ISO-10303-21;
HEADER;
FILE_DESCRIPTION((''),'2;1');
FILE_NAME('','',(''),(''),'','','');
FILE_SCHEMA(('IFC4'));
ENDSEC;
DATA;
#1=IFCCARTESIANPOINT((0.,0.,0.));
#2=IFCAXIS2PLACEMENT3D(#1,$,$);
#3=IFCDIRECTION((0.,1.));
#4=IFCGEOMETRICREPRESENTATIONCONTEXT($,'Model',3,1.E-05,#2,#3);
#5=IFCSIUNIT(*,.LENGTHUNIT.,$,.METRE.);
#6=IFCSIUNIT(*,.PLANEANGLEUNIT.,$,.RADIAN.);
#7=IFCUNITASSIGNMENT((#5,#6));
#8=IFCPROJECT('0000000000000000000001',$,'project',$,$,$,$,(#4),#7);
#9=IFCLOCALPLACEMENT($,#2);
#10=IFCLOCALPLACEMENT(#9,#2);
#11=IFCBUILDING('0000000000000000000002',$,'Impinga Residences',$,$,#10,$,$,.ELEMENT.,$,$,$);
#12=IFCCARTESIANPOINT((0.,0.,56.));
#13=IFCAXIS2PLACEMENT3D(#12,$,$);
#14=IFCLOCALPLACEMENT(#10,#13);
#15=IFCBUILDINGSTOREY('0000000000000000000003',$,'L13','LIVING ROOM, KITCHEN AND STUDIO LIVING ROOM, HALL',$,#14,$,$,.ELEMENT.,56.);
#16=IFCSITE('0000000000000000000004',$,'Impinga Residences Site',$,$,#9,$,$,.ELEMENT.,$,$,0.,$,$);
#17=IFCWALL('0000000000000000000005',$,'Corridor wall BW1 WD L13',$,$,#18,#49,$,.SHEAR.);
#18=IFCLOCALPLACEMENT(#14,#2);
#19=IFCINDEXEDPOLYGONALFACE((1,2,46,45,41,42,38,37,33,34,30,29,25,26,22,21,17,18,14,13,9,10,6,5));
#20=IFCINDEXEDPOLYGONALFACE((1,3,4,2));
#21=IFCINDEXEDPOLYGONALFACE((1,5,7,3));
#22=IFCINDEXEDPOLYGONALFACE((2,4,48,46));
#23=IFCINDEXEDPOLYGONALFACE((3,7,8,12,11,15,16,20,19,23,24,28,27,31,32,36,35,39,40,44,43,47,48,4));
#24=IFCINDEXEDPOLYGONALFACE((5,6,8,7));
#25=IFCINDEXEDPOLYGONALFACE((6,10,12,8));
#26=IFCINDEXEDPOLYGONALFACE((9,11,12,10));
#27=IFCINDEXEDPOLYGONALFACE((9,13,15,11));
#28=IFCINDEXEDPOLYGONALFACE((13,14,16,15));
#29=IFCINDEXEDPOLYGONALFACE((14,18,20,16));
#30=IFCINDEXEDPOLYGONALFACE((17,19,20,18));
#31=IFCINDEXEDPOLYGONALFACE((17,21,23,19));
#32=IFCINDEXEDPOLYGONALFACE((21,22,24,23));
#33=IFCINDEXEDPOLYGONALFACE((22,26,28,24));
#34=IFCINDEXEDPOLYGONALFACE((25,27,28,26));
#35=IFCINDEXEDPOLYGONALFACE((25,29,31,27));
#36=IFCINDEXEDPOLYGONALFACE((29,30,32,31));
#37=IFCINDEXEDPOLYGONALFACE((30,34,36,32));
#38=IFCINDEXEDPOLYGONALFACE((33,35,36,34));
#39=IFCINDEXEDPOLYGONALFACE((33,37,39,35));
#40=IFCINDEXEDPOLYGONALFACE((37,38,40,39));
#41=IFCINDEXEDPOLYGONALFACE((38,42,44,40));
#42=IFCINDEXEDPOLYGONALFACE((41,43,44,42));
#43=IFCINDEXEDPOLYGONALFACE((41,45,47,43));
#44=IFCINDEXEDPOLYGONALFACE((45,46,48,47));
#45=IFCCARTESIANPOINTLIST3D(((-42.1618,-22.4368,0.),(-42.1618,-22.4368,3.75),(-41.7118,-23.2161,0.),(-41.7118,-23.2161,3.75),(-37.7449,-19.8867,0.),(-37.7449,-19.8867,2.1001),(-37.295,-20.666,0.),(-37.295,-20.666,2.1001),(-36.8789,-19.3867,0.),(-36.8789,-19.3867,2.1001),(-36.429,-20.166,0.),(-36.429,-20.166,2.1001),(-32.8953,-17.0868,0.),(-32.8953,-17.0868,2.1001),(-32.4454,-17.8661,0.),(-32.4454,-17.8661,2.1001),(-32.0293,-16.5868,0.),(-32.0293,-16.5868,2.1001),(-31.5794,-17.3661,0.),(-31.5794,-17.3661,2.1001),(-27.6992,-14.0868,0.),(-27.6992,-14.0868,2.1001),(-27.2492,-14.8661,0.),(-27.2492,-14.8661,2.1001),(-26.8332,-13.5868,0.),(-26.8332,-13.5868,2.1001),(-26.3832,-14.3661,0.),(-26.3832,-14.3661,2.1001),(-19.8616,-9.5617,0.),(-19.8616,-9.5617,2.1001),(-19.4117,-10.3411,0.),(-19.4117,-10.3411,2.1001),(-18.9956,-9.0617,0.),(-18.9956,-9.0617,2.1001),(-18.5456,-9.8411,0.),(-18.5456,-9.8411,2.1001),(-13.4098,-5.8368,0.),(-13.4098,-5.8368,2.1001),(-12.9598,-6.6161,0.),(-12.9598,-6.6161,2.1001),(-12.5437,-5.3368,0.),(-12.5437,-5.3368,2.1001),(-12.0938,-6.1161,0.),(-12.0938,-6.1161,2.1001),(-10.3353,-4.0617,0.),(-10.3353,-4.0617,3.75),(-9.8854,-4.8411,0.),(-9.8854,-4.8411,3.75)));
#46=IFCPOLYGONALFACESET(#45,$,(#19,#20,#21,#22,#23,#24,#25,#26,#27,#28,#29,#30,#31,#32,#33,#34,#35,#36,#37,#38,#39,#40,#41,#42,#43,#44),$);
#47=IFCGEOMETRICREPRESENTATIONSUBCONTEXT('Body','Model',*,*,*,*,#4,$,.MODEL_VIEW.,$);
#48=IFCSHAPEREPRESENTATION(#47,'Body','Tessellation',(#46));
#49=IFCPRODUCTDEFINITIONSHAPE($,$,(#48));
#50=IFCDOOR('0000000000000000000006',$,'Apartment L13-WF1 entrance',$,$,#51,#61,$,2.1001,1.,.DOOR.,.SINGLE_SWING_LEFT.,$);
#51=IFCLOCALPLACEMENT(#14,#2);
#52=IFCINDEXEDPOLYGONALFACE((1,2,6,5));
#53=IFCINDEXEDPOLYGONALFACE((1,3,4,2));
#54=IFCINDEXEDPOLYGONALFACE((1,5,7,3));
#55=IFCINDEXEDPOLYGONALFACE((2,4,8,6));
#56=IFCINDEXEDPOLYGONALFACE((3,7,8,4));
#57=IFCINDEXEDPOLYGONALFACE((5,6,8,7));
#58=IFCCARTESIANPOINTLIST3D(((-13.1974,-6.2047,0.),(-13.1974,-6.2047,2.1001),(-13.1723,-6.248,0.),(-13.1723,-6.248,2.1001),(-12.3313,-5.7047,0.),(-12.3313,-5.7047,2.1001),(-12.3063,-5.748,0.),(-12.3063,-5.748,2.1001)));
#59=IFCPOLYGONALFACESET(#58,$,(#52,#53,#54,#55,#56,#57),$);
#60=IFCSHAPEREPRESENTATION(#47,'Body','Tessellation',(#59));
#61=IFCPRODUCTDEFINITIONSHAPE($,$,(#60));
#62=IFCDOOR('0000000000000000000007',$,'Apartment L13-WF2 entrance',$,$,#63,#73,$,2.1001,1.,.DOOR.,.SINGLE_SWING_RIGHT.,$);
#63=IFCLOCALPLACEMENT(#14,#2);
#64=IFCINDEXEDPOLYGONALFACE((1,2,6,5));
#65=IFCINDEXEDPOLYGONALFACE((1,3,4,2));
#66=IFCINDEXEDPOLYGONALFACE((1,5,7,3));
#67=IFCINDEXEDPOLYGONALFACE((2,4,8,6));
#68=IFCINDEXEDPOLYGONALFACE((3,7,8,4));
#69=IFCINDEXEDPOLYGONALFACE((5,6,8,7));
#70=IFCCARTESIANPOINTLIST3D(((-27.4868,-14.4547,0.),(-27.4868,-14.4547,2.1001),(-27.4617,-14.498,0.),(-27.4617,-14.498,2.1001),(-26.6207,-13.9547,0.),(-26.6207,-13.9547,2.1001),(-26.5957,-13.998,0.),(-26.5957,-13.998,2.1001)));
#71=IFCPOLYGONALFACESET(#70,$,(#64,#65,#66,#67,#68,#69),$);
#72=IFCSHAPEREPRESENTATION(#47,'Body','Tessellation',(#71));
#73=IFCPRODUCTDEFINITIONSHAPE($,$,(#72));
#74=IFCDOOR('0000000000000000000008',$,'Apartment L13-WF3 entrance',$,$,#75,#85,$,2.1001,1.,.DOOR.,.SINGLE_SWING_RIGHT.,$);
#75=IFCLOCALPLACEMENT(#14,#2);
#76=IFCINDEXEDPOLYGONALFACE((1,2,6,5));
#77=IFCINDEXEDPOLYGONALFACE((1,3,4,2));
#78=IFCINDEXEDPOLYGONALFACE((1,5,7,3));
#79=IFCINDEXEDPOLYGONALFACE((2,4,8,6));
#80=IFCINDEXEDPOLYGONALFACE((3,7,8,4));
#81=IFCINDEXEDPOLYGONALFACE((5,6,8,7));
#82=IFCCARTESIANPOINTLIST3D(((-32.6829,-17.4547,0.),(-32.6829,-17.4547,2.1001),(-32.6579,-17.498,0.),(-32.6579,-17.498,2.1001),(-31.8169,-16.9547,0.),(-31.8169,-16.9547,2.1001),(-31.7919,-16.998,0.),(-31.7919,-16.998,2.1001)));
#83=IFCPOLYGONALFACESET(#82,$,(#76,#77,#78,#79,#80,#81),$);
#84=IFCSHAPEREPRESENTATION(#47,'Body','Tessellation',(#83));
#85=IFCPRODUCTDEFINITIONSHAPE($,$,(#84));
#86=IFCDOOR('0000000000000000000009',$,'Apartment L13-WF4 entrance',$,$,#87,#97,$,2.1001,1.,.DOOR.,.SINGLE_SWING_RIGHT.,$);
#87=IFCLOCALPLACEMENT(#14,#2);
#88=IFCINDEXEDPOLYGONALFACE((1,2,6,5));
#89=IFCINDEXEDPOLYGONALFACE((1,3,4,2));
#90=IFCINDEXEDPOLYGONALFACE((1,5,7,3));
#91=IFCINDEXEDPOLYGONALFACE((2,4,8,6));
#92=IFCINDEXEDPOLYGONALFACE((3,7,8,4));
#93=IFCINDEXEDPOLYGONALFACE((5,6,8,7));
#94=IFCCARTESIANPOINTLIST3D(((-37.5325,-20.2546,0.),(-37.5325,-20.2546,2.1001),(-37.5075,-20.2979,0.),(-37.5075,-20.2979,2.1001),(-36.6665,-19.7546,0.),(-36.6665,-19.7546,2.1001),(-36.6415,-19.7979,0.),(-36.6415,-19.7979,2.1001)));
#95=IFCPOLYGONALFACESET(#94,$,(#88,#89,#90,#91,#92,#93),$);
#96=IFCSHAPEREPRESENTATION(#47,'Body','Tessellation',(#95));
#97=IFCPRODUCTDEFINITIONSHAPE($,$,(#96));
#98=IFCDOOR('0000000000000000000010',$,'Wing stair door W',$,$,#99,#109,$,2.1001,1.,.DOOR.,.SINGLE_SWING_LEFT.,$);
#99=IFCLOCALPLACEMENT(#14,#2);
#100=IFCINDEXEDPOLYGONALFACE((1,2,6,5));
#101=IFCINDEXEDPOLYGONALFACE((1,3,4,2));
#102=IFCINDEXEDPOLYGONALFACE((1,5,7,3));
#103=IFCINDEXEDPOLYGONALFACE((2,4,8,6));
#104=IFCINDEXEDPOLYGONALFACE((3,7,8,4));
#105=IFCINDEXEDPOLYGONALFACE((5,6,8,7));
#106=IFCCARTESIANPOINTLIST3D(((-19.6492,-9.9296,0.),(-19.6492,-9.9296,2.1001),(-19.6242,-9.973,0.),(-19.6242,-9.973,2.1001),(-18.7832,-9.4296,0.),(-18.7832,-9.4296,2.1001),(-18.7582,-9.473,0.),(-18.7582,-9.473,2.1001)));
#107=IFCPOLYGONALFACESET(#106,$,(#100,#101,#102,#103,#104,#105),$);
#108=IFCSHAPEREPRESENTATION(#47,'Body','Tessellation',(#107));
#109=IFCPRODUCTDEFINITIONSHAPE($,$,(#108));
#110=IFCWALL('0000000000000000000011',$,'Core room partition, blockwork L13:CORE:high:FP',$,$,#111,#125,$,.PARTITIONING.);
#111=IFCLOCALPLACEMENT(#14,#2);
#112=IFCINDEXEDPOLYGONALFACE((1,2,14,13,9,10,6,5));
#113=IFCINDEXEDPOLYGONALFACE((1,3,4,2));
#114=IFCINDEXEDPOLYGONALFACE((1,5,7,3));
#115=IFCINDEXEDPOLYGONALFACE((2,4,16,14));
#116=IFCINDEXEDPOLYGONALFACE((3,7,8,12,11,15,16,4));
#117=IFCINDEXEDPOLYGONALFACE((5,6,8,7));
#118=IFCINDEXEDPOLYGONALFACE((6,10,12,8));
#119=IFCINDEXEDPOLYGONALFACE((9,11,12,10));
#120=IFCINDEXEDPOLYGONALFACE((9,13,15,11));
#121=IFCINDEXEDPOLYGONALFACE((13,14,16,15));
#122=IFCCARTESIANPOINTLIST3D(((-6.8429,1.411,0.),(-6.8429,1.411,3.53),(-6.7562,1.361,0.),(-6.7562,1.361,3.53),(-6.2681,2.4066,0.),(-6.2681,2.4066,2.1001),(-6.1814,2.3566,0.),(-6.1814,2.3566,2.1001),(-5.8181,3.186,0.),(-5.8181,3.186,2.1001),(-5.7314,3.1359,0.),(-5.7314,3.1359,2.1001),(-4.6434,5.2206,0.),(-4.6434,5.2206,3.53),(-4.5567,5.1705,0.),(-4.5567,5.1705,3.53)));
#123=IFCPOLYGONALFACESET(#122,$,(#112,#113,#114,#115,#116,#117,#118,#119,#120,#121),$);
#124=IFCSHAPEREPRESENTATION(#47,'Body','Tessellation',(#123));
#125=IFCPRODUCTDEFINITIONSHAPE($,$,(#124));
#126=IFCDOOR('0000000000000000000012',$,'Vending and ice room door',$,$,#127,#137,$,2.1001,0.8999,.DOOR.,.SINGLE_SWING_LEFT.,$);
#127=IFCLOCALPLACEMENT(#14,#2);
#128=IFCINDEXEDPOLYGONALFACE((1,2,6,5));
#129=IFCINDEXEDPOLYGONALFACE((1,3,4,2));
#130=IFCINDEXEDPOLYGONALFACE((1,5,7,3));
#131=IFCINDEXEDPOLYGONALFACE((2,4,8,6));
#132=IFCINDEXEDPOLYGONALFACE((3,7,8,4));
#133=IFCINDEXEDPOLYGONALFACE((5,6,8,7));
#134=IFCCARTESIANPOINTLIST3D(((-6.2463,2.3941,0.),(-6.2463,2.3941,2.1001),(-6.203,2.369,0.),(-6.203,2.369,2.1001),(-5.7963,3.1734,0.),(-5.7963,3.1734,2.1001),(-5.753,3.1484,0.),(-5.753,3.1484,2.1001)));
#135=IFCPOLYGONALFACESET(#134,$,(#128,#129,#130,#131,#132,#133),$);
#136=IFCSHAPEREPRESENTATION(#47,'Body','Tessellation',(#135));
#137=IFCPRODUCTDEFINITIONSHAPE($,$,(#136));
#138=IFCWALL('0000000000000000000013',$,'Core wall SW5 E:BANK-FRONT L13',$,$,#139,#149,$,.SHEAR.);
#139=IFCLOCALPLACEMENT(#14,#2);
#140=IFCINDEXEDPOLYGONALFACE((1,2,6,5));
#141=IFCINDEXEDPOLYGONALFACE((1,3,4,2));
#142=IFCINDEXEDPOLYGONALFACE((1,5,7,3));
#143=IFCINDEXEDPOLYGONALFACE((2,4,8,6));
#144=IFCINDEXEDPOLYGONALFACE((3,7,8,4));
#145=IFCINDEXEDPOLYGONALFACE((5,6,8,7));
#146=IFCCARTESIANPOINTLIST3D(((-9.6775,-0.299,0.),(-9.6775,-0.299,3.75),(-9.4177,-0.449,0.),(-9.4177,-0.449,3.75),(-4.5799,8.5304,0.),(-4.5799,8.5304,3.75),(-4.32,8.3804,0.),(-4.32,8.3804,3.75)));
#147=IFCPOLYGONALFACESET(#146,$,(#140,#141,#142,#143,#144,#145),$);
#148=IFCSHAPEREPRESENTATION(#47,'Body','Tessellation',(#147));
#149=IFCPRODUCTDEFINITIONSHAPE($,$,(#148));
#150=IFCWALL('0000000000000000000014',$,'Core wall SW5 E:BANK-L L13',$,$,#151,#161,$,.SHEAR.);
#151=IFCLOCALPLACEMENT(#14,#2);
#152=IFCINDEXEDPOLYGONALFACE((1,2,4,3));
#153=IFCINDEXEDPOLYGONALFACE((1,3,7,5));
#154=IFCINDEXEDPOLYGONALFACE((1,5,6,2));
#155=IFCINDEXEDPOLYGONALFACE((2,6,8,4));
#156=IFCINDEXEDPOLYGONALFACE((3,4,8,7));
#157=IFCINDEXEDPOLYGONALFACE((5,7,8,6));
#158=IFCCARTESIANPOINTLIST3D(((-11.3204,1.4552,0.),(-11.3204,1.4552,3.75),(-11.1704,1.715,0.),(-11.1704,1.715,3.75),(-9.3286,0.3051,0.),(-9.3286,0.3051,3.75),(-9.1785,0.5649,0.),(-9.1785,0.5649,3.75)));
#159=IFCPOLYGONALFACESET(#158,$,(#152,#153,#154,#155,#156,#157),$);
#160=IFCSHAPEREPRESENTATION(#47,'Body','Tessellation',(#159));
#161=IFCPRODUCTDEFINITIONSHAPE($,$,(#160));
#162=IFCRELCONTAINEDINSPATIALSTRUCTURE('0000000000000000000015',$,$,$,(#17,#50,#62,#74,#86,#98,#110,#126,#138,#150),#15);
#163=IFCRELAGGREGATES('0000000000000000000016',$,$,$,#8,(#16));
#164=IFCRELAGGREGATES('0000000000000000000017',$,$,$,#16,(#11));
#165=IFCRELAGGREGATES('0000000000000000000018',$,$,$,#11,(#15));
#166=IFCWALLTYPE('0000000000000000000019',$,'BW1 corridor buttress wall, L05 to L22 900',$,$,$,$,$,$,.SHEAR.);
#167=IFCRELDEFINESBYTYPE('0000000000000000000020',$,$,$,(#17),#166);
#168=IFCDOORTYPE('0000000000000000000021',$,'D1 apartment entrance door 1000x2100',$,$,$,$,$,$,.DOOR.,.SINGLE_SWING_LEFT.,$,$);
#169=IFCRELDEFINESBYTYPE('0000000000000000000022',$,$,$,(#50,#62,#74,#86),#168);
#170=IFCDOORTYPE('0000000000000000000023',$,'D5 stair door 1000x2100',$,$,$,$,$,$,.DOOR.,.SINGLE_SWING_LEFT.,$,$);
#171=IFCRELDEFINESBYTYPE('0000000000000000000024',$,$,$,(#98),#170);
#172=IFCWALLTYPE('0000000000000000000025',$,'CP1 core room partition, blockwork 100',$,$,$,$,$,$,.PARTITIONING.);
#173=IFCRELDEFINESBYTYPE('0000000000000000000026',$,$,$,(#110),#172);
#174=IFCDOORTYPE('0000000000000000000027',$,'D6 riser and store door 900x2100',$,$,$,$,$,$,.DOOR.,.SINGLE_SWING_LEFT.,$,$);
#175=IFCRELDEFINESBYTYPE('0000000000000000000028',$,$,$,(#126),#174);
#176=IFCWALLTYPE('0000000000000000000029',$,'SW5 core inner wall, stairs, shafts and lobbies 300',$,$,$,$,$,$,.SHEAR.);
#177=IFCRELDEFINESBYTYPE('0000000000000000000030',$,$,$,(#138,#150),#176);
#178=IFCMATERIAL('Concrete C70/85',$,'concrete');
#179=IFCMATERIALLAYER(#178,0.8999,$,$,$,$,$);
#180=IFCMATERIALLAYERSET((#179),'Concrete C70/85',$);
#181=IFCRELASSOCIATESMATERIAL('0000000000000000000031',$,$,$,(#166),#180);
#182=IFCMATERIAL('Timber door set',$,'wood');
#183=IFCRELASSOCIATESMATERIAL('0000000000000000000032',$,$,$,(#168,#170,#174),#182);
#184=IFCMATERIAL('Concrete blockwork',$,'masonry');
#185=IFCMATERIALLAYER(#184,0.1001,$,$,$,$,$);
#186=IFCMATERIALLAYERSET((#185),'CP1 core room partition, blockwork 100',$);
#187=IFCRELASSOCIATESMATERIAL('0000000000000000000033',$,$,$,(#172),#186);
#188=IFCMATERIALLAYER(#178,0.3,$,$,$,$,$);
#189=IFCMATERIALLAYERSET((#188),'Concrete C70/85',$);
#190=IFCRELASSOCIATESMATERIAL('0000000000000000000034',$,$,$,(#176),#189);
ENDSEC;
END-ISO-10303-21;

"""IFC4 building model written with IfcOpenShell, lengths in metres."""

from ifc_helpers import new_model, si_unit, direction, frame, frame_2d, origin, place, context, subcontext, project, spatial, rectangle, extrude, material, layer, layer_set, type_object, element, fill, save


model = new_model("IFC4")

# Units and contexts
model_context = context("Model", 3, precision=1e-05, world=origin(), true_north=direction((0.0, 1.0)))
body_context = subcontext(model_context, "Body", "Model", "MODEL_VIEW")
ifc_project = project(units=[si_unit("LENGTHUNIT", "METRE"), si_unit("PLANEANGLEUNIT", "RADIAN")], contexts=[model_context])

# Site, building, storey
site_placement = place(None, origin())
site = spatial("IfcSite", under=ifc_project, at=site_placement, Name="Impinga Residences Site", CompositionType="ELEMENT", RefElevation=0.0)
building_placement = place(site_placement, origin())
building = spatial("IfcBuilding", under=site, at=building_placement, Name="Impinga Residences", CompositionType="ELEMENT")
storey_placement = place(building_placement, frame((0.0, 0.0, 56.0)))
storey = spatial("IfcBuildingStorey", under=building, at=storey_placement, Name="L13", Description="LIVING ROOM, KITCHEN AND STUDIO LIVING ROOM, HALL", CompositionType="ELEMENT", Elevation=56.0)

# Wall, openings, doors
ifc_material_1 = material(Name="Concrete C70/85", Category="concrete")
ifc_layer_1 = layer(ifc_material_1, 0.8999)
ifc_layer_set_1 = layer_set([ifc_layer_1], Name="Concrete C70/85")
wall_type_1 = type_object("IfcWallType", Name="BW1 corridor buttress wall, L05 to L22 900", PredefinedType="SHEAR", material=ifc_layer_set_1)
wall_1_placement = place(storey_placement, frame((-10.1104, -4.4514, 0.0), z_axis=(0.0, 0.0, 1.0), x_axis=(-0.866025, -0.5, 0.0)))
wall_1 = element("IfcWall", 1, at=wall_1_placement, inside=storey, type_object=wall_type_1, Name="Corridor wall BW1 WD L13", PredefinedType="SHEAR", context=body_context, shape_type="SweptSolid", body=[
    extrude(rectangle(XDim=36.75, YDim=0.8999, at=frame_2d((18.375, 0.0))), origin(), (0.0, 0.0, 1.0), 3.75),
])
opening_1_placement = place(wall_1_placement, frame((10.0, 0.0, 0.0)))
opening_1 = element("IfcOpeningElement", 2, at=opening_1_placement, cuts=wall_1, PredefinedType="OPENING", context=body_context, shape_type="SweptSolid", body=[
    extrude(rectangle(XDim=1.0, YDim=2.1001, at=frame_2d((0.5, 1.05))), frame((0.0, 0.46, 0.0), z_axis=(0.0, -1.0, 0.0), x_axis=(1.0, 0.0, 0.0)), (0.0, 0.0, 1.0), 0.9199),
])
opening_2_placement = place(wall_1_placement, frame((2.55, 0.0, 0.0)))
opening_2 = element("IfcOpeningElement", 3, at=opening_2_placement, cuts=wall_1, PredefinedType="OPENING", context=body_context, shape_type="SweptSolid", body=[
    extrude(rectangle(XDim=1.0, YDim=2.1001, at=frame_2d((0.5, 1.05))), frame((0.0, 0.46, 0.0), z_axis=(0.0, -1.0, 0.0), x_axis=(1.0, 0.0, 0.0)), (0.0, 0.0, 1.0), 0.9199),
])
opening_3_placement = place(wall_1_placement, frame((19.05, 0.0, 0.0)))
opening_3 = element("IfcOpeningElement", 4, at=opening_3_placement, cuts=wall_1, PredefinedType="OPENING", context=body_context, shape_type="SweptSolid", body=[
    extrude(rectangle(XDim=1.0, YDim=2.1001, at=frame_2d((0.5, 1.05))), frame((0.0, 0.46, 0.0), z_axis=(0.0, -1.0, 0.0), x_axis=(1.0, 0.0, 0.0)), (0.0, 0.0, 1.0), 0.9199),
])
opening_4_placement = place(wall_1_placement, frame((25.05, 0.0, 0.0)))
opening_4 = element("IfcOpeningElement", 5, at=opening_4_placement, cuts=wall_1, PredefinedType="OPENING", context=body_context, shape_type="SweptSolid", body=[
    extrude(rectangle(XDim=1.0, YDim=2.1001, at=frame_2d((0.5, 1.05))), frame((0.0, 0.46, 0.0), z_axis=(0.0, -1.0, 0.0), x_axis=(1.0, 0.0, 0.0)), (0.0, 0.0, 1.0), 0.9199),
])
opening_5_placement = place(wall_1_placement, frame((30.6499, 0.0, 0.0)))
opening_5 = element("IfcOpeningElement", 6, at=opening_5_placement, cuts=wall_1, PredefinedType="OPENING", context=body_context, shape_type="SweptSolid", body=[
    extrude(rectangle(XDim=1.0, YDim=2.1001, at=frame_2d((0.5, 1.05))), frame((0.0, 0.46, 0.0), z_axis=(0.0, -1.0, 0.0), x_axis=(1.0, 0.0, 0.0)), (0.0, 0.0, 1.0), 0.9199),
])
ifc_material_2 = material(Name="Timber door set", Category="wood")
door_type_1 = type_object("IfcDoorType", Name="D1 apartment entrance door 1000x2100", OperationType="SINGLE_SWING_LEFT", PredefinedType="DOOR", material=ifc_material_2)
door_1_placement = place(opening_2_placement, origin())
door_1 = element("IfcDoor", 7, at=door_1_placement, inside=storey, type_object=door_type_1, Name="Apartment L13-WF1 entrance", OperationType="SINGLE_SWING_LEFT", OverallHeight=2.1001, OverallWidth=1.0, PredefinedType="DOOR", context=body_context, shape_type="SweptSolid", body=[
    extrude(rectangle(XDim=1.0, YDim=2.1001, at=frame_2d((0.5, 1.05))), frame((0.0, 0.0249, 0.0), z_axis=(0.0, -1.0, 0.0), x_axis=(1.0, 0.0, 0.0)), (0.0, 0.0, 1.0), 0.05),
])
fill(opening_2, door_1)
door_2_placement = place(opening_3_placement, origin())
door_2 = element("IfcDoor", 8, at=door_2_placement, inside=storey, type_object=door_type_1, Name="Apartment L13-WF2 entrance", OperationType="SINGLE_SWING_RIGHT", OverallHeight=2.1001, OverallWidth=1.0, PredefinedType="DOOR", context=body_context, shape_type="SweptSolid", body=[
    extrude(rectangle(XDim=1.0, YDim=2.1001, at=frame_2d((0.5, 1.05))), frame((0.0, 0.0249, 0.0), z_axis=(0.0, -1.0, 0.0), x_axis=(1.0, 0.0, 0.0)), (0.0, 0.0, 1.0), 0.05),
])
fill(opening_3, door_2)
door_3_placement = place(opening_4_placement, origin())
door_3 = element("IfcDoor", 9, at=door_3_placement, inside=storey, type_object=door_type_1, Name="Apartment L13-WF3 entrance", OperationType="SINGLE_SWING_RIGHT", OverallHeight=2.1001, OverallWidth=1.0, PredefinedType="DOOR", context=body_context, shape_type="SweptSolid", body=[
    extrude(rectangle(XDim=1.0, YDim=2.1001, at=frame_2d((0.5, 1.05))), frame((0.0, 0.0249, 0.0), z_axis=(0.0, -1.0, 0.0), x_axis=(1.0, 0.0, 0.0)), (0.0, 0.0, 1.0), 0.05),
])
fill(opening_4, door_3)
door_4_placement = place(opening_5_placement, origin())
door_4 = element("IfcDoor", 10, at=door_4_placement, inside=storey, type_object=door_type_1, Name="Apartment L13-WF4 entrance", OperationType="SINGLE_SWING_RIGHT", OverallHeight=2.1001, OverallWidth=1.0, PredefinedType="DOOR", context=body_context, shape_type="SweptSolid", body=[
    extrude(rectangle(XDim=1.0, YDim=2.1001, at=frame_2d((0.5, 1.05))), frame((0.0, 0.0249, 0.0), z_axis=(0.0, -1.0, 0.0), x_axis=(1.0, 0.0, 0.0)), (0.0, 0.0, 1.0), 0.05),
])
fill(opening_5, door_4)
door_type_2 = type_object("IfcDoorType", Name="D5 stair door 1000x2100", OperationType="SINGLE_SWING_LEFT", PredefinedType="DOOR", material=ifc_material_2)
door_5_placement = place(opening_1_placement, origin())
door_5 = element("IfcDoor", 11, at=door_5_placement, inside=storey, type_object=door_type_2, Name="Wing stair door W", OperationType="SINGLE_SWING_LEFT", OverallHeight=2.1001, OverallWidth=1.0, PredefinedType="DOOR", context=body_context, shape_type="SweptSolid", body=[
    extrude(rectangle(XDim=1.0, YDim=2.1001, at=frame_2d((0.5, 1.05))), frame((0.0, 0.0249, 0.0), z_axis=(0.0, -1.0, 0.0), x_axis=(1.0, 0.0, 0.0)), (0.0, 0.0, 1.0), 0.05),
])
fill(opening_1, door_5)

# Wall, opening, door
ifc_material_3 = material(Name="Concrete blockwork", Category="masonry")
ifc_layer_2 = layer(ifc_material_3, 0.1001)
ifc_layer_set_2 = layer_set([ifc_layer_2], Name="CP1 core room partition, blockwork 100")
wall_type_2 = type_object("IfcWallType", Name="CP1 core room partition, blockwork 100", PredefinedType="PARTITIONING", material=ifc_layer_set_2)
wall_2_placement = place(storey_placement, frame((-6.7996, 1.386, 0.0), z_axis=(0.0, 0.0, 1.0), x_axis=(0.500001, 0.866025, 0.0)))
wall_2 = element("IfcWall", 12, at=wall_2_placement, inside=storey, type_object=wall_type_2, Name="Core room partition, blockwork L13:CORE:high:FP", PredefinedType="PARTITIONING", context=body_context, shape_type="SweptSolid", body=[
    extrude(rectangle(XDim=4.3989, YDim=0.1001, at=frame_2d((2.1995, 0.0))), origin(), (0.0, 0.0, 1.0), 3.53),
])
opening_6_placement = place(wall_2_placement, frame((1.1497, 0.0, 0.0)))
opening_6 = element("IfcOpeningElement", 13, at=opening_6_placement, cuts=wall_2, PredefinedType="OPENING", context=body_context, shape_type="SweptSolid", body=[
    extrude(rectangle(XDim=0.8999, YDim=2.1001, at=frame_2d((0.45, 1.05))), frame((0.0, 0.0601, 0.0), z_axis=(0.0, -1.0, 0.0), x_axis=(1.0, 0.0, 0.0)), (0.0, 0.0, 1.0), 0.1201),
])
door_type_3 = type_object("IfcDoorType", Name="D6 riser and store door 900x2100", OperationType="SINGLE_SWING_LEFT", PredefinedType="DOOR", material=ifc_material_2)
door_6_placement = place(opening_6_placement, origin())
door_6 = element("IfcDoor", 14, at=door_6_placement, inside=storey, type_object=door_type_3, Name="Vending and ice room door", OperationType="SINGLE_SWING_LEFT", OverallHeight=2.1001, OverallWidth=0.8999, PredefinedType="DOOR", context=body_context, shape_type="SweptSolid", body=[
    extrude(rectangle(XDim=0.8999, YDim=2.1001, at=frame_2d((0.45, 1.05))), frame((0.0, 0.0249, 0.0), z_axis=(0.0, -1.0, 0.0), x_axis=(1.0, 0.0, 0.0)), (0.0, 0.0, 1.0), 0.05),
])
fill(opening_6, door_6)

# Walls
ifc_layer_3 = layer(ifc_material_1, 0.3)
ifc_layer_set_3 = layer_set([ifc_layer_3], Name="Concrete C70/85")
wall_type_3 = type_object("IfcWallType", Name="SW5 core inner wall, stairs, shafts and lobbies 300", PredefinedType="SHEAR", material=ifc_layer_set_3)
wall_3_placement = place(storey_placement, frame((-9.5476, -0.374, 0.0), z_axis=(0.0, 0.0, 1.0), x_axis=(0.500002, 0.866024, 0.0)))
element("IfcWall", 15, at=wall_3_placement, inside=storey, type_object=wall_type_3, Name="Core wall SW5 E:BANK-FRONT L13", PredefinedType="SHEAR", context=body_context, shape_type="SweptSolid", body=[
    extrude(rectangle(XDim=10.1953, YDim=0.3, at=frame_2d((5.0977, 0.0))), origin(), (0.0, 0.0, 1.0), 3.75),
])
wall_4_placement = place(storey_placement, frame((-9.2537, 0.4351, 0.0), z_axis=(0.0, 0.0, 1.0), x_axis=(-0.866007, 0.500032, 0.0)))
element("IfcWall", 16, at=wall_4_placement, inside=storey, type_object=wall_type_3, Name="Core wall SW5 E:BANK-L L13", PredefinedType="SHEAR", context=body_context, shape_type="SweptSolid", body=[
    extrude(rectangle(XDim=2.3, YDim=0.3, at=frame_2d((1.1499, 0.0))), origin(), (0.0, 0.0, 1.0), 3.75),
])

save(model, "model.ifc")
